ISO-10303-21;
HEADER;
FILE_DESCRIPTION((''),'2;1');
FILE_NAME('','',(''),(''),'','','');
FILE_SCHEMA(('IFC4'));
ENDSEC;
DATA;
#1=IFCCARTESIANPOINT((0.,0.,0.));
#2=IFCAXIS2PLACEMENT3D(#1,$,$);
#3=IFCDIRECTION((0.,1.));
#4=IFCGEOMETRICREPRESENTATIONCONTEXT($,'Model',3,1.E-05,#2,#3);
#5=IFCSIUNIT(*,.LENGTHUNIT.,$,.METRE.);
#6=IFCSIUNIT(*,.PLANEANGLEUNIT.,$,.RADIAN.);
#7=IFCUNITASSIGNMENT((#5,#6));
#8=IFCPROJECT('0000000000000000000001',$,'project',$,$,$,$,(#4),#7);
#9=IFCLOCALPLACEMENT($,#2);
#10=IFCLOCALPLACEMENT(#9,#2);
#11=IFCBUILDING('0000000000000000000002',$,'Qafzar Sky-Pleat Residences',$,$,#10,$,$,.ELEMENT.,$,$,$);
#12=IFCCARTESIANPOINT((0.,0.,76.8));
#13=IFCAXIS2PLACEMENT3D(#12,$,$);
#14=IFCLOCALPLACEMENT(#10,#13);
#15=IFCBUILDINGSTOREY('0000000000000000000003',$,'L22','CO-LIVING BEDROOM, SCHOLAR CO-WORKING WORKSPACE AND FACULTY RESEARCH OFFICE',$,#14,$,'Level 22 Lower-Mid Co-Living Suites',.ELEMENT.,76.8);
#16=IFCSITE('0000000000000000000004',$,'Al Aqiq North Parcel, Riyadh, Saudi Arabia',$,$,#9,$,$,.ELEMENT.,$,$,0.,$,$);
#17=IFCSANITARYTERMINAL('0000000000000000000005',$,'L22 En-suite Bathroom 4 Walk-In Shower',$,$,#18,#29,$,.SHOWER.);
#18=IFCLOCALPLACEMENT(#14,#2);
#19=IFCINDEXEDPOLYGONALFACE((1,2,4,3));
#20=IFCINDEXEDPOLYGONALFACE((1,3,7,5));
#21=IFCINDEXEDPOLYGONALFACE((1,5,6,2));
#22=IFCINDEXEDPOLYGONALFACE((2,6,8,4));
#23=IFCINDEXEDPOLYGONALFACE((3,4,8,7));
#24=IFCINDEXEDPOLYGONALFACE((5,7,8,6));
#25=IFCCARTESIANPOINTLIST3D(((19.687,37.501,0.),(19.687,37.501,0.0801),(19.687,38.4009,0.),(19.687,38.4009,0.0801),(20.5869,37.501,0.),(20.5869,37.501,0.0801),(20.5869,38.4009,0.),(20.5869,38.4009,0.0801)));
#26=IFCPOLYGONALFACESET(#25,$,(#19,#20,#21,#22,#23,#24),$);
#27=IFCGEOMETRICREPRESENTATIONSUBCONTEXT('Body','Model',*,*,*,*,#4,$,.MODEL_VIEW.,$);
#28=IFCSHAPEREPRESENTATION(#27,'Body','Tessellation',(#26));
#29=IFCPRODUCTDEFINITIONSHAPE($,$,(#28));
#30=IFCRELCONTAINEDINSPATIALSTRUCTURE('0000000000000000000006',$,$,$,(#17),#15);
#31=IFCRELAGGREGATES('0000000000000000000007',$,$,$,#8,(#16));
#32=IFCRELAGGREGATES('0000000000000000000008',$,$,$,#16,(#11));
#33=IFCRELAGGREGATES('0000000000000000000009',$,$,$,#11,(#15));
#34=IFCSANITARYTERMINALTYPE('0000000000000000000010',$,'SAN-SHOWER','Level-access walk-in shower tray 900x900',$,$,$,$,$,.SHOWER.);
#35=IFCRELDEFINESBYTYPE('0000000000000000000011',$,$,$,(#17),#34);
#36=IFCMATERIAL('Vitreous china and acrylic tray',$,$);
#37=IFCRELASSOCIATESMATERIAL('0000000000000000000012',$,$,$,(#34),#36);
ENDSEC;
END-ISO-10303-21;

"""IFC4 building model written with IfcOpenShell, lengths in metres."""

from ifc_helpers import new_model, si_unit, direction, frame, origin, origin_2d, place, context, subcontext, project, spatial, rectangle, extrude, source, transform, mapped, material, type_object, element, save


model = new_model("IFC4")

# Units and contexts
model_context = context("Model", 3, precision=1e-05, world=origin(), true_north=direction((0.0, 1.0)))
body_context = subcontext(model_context, "Body", "Model", "MODEL_VIEW")
ifc_project = project(units=[si_unit("LENGTHUNIT", "METRE"), si_unit("PLANEANGLEUNIT", "RADIAN")], contexts=[model_context])

# Site, building, storey
site_placement = place(None, origin())
site = spatial("IfcSite", under=ifc_project, at=site_placement, Name="Al Aqiq North Parcel, Riyadh, Saudi Arabia", CompositionType="ELEMENT", RefElevation=0.0)
building_placement = place(site_placement, origin())
building = spatial("IfcBuilding", under=site, at=building_placement, Name="Qafzar Sky-Pleat Residences", CompositionType="ELEMENT")
storey_placement = place(building_placement, frame((0.0, 0.0, 76.8)))
storey = spatial("IfcBuildingStorey", under=building, at=storey_placement, Name="L22", Description="CO-LIVING BEDROOM, SCHOLAR CO-WORKING WORKSPACE AND FACULTY RESEARCH OFFICE", LongName="Level 22 Lower-Mid Co-Living Suites", CompositionType="ELEMENT", Elevation=76.8)

# Sanitary terminal
ifc_material_1 = material(Name="Vitreous china and acrylic tray")
sanitary_terminal_type_1 = type_object("IfcSanitaryTerminalType", Name="SAN-SHOWER", Description="Level-access walk-in shower tray 900x900", PredefinedType="SHOWER", material=ifc_material_1)
shared_shape_1 = source(origin(), body_context, "Body", "SweptSolid", [
    extrude(rectangle(XDim=0.8999, YDim=0.8999, at=origin_2d()), origin(), (0.0, 0.0, 1.0), 0.0801),
])
sanitary_terminal_1_placement = place(storey_placement, frame((20.137, 37.9509, 0.0), z_axis=(0.0, 0.0, 1.0), x_axis=(1.0, 0.0, 0.0)))
element("IfcSanitaryTerminal", 1, at=sanitary_terminal_1_placement, inside=storey, type_object=sanitary_terminal_type_1, Name="L22 En-suite Bathroom 4 Walk-In Shower", PredefinedType="SHOWER", context=body_context, shape_type="MappedRepresentation", body=[
    mapped(shared_shape_1, transform((0.0, 0.0, 0.0), x_axis=(1.0, 0.0, 0.0), y_axis=(0.0, 1.0, 0.0), z_axis=(0.0, 0.0, 1.0), scale=1.0)),
])

save(model, "model.ifc")
